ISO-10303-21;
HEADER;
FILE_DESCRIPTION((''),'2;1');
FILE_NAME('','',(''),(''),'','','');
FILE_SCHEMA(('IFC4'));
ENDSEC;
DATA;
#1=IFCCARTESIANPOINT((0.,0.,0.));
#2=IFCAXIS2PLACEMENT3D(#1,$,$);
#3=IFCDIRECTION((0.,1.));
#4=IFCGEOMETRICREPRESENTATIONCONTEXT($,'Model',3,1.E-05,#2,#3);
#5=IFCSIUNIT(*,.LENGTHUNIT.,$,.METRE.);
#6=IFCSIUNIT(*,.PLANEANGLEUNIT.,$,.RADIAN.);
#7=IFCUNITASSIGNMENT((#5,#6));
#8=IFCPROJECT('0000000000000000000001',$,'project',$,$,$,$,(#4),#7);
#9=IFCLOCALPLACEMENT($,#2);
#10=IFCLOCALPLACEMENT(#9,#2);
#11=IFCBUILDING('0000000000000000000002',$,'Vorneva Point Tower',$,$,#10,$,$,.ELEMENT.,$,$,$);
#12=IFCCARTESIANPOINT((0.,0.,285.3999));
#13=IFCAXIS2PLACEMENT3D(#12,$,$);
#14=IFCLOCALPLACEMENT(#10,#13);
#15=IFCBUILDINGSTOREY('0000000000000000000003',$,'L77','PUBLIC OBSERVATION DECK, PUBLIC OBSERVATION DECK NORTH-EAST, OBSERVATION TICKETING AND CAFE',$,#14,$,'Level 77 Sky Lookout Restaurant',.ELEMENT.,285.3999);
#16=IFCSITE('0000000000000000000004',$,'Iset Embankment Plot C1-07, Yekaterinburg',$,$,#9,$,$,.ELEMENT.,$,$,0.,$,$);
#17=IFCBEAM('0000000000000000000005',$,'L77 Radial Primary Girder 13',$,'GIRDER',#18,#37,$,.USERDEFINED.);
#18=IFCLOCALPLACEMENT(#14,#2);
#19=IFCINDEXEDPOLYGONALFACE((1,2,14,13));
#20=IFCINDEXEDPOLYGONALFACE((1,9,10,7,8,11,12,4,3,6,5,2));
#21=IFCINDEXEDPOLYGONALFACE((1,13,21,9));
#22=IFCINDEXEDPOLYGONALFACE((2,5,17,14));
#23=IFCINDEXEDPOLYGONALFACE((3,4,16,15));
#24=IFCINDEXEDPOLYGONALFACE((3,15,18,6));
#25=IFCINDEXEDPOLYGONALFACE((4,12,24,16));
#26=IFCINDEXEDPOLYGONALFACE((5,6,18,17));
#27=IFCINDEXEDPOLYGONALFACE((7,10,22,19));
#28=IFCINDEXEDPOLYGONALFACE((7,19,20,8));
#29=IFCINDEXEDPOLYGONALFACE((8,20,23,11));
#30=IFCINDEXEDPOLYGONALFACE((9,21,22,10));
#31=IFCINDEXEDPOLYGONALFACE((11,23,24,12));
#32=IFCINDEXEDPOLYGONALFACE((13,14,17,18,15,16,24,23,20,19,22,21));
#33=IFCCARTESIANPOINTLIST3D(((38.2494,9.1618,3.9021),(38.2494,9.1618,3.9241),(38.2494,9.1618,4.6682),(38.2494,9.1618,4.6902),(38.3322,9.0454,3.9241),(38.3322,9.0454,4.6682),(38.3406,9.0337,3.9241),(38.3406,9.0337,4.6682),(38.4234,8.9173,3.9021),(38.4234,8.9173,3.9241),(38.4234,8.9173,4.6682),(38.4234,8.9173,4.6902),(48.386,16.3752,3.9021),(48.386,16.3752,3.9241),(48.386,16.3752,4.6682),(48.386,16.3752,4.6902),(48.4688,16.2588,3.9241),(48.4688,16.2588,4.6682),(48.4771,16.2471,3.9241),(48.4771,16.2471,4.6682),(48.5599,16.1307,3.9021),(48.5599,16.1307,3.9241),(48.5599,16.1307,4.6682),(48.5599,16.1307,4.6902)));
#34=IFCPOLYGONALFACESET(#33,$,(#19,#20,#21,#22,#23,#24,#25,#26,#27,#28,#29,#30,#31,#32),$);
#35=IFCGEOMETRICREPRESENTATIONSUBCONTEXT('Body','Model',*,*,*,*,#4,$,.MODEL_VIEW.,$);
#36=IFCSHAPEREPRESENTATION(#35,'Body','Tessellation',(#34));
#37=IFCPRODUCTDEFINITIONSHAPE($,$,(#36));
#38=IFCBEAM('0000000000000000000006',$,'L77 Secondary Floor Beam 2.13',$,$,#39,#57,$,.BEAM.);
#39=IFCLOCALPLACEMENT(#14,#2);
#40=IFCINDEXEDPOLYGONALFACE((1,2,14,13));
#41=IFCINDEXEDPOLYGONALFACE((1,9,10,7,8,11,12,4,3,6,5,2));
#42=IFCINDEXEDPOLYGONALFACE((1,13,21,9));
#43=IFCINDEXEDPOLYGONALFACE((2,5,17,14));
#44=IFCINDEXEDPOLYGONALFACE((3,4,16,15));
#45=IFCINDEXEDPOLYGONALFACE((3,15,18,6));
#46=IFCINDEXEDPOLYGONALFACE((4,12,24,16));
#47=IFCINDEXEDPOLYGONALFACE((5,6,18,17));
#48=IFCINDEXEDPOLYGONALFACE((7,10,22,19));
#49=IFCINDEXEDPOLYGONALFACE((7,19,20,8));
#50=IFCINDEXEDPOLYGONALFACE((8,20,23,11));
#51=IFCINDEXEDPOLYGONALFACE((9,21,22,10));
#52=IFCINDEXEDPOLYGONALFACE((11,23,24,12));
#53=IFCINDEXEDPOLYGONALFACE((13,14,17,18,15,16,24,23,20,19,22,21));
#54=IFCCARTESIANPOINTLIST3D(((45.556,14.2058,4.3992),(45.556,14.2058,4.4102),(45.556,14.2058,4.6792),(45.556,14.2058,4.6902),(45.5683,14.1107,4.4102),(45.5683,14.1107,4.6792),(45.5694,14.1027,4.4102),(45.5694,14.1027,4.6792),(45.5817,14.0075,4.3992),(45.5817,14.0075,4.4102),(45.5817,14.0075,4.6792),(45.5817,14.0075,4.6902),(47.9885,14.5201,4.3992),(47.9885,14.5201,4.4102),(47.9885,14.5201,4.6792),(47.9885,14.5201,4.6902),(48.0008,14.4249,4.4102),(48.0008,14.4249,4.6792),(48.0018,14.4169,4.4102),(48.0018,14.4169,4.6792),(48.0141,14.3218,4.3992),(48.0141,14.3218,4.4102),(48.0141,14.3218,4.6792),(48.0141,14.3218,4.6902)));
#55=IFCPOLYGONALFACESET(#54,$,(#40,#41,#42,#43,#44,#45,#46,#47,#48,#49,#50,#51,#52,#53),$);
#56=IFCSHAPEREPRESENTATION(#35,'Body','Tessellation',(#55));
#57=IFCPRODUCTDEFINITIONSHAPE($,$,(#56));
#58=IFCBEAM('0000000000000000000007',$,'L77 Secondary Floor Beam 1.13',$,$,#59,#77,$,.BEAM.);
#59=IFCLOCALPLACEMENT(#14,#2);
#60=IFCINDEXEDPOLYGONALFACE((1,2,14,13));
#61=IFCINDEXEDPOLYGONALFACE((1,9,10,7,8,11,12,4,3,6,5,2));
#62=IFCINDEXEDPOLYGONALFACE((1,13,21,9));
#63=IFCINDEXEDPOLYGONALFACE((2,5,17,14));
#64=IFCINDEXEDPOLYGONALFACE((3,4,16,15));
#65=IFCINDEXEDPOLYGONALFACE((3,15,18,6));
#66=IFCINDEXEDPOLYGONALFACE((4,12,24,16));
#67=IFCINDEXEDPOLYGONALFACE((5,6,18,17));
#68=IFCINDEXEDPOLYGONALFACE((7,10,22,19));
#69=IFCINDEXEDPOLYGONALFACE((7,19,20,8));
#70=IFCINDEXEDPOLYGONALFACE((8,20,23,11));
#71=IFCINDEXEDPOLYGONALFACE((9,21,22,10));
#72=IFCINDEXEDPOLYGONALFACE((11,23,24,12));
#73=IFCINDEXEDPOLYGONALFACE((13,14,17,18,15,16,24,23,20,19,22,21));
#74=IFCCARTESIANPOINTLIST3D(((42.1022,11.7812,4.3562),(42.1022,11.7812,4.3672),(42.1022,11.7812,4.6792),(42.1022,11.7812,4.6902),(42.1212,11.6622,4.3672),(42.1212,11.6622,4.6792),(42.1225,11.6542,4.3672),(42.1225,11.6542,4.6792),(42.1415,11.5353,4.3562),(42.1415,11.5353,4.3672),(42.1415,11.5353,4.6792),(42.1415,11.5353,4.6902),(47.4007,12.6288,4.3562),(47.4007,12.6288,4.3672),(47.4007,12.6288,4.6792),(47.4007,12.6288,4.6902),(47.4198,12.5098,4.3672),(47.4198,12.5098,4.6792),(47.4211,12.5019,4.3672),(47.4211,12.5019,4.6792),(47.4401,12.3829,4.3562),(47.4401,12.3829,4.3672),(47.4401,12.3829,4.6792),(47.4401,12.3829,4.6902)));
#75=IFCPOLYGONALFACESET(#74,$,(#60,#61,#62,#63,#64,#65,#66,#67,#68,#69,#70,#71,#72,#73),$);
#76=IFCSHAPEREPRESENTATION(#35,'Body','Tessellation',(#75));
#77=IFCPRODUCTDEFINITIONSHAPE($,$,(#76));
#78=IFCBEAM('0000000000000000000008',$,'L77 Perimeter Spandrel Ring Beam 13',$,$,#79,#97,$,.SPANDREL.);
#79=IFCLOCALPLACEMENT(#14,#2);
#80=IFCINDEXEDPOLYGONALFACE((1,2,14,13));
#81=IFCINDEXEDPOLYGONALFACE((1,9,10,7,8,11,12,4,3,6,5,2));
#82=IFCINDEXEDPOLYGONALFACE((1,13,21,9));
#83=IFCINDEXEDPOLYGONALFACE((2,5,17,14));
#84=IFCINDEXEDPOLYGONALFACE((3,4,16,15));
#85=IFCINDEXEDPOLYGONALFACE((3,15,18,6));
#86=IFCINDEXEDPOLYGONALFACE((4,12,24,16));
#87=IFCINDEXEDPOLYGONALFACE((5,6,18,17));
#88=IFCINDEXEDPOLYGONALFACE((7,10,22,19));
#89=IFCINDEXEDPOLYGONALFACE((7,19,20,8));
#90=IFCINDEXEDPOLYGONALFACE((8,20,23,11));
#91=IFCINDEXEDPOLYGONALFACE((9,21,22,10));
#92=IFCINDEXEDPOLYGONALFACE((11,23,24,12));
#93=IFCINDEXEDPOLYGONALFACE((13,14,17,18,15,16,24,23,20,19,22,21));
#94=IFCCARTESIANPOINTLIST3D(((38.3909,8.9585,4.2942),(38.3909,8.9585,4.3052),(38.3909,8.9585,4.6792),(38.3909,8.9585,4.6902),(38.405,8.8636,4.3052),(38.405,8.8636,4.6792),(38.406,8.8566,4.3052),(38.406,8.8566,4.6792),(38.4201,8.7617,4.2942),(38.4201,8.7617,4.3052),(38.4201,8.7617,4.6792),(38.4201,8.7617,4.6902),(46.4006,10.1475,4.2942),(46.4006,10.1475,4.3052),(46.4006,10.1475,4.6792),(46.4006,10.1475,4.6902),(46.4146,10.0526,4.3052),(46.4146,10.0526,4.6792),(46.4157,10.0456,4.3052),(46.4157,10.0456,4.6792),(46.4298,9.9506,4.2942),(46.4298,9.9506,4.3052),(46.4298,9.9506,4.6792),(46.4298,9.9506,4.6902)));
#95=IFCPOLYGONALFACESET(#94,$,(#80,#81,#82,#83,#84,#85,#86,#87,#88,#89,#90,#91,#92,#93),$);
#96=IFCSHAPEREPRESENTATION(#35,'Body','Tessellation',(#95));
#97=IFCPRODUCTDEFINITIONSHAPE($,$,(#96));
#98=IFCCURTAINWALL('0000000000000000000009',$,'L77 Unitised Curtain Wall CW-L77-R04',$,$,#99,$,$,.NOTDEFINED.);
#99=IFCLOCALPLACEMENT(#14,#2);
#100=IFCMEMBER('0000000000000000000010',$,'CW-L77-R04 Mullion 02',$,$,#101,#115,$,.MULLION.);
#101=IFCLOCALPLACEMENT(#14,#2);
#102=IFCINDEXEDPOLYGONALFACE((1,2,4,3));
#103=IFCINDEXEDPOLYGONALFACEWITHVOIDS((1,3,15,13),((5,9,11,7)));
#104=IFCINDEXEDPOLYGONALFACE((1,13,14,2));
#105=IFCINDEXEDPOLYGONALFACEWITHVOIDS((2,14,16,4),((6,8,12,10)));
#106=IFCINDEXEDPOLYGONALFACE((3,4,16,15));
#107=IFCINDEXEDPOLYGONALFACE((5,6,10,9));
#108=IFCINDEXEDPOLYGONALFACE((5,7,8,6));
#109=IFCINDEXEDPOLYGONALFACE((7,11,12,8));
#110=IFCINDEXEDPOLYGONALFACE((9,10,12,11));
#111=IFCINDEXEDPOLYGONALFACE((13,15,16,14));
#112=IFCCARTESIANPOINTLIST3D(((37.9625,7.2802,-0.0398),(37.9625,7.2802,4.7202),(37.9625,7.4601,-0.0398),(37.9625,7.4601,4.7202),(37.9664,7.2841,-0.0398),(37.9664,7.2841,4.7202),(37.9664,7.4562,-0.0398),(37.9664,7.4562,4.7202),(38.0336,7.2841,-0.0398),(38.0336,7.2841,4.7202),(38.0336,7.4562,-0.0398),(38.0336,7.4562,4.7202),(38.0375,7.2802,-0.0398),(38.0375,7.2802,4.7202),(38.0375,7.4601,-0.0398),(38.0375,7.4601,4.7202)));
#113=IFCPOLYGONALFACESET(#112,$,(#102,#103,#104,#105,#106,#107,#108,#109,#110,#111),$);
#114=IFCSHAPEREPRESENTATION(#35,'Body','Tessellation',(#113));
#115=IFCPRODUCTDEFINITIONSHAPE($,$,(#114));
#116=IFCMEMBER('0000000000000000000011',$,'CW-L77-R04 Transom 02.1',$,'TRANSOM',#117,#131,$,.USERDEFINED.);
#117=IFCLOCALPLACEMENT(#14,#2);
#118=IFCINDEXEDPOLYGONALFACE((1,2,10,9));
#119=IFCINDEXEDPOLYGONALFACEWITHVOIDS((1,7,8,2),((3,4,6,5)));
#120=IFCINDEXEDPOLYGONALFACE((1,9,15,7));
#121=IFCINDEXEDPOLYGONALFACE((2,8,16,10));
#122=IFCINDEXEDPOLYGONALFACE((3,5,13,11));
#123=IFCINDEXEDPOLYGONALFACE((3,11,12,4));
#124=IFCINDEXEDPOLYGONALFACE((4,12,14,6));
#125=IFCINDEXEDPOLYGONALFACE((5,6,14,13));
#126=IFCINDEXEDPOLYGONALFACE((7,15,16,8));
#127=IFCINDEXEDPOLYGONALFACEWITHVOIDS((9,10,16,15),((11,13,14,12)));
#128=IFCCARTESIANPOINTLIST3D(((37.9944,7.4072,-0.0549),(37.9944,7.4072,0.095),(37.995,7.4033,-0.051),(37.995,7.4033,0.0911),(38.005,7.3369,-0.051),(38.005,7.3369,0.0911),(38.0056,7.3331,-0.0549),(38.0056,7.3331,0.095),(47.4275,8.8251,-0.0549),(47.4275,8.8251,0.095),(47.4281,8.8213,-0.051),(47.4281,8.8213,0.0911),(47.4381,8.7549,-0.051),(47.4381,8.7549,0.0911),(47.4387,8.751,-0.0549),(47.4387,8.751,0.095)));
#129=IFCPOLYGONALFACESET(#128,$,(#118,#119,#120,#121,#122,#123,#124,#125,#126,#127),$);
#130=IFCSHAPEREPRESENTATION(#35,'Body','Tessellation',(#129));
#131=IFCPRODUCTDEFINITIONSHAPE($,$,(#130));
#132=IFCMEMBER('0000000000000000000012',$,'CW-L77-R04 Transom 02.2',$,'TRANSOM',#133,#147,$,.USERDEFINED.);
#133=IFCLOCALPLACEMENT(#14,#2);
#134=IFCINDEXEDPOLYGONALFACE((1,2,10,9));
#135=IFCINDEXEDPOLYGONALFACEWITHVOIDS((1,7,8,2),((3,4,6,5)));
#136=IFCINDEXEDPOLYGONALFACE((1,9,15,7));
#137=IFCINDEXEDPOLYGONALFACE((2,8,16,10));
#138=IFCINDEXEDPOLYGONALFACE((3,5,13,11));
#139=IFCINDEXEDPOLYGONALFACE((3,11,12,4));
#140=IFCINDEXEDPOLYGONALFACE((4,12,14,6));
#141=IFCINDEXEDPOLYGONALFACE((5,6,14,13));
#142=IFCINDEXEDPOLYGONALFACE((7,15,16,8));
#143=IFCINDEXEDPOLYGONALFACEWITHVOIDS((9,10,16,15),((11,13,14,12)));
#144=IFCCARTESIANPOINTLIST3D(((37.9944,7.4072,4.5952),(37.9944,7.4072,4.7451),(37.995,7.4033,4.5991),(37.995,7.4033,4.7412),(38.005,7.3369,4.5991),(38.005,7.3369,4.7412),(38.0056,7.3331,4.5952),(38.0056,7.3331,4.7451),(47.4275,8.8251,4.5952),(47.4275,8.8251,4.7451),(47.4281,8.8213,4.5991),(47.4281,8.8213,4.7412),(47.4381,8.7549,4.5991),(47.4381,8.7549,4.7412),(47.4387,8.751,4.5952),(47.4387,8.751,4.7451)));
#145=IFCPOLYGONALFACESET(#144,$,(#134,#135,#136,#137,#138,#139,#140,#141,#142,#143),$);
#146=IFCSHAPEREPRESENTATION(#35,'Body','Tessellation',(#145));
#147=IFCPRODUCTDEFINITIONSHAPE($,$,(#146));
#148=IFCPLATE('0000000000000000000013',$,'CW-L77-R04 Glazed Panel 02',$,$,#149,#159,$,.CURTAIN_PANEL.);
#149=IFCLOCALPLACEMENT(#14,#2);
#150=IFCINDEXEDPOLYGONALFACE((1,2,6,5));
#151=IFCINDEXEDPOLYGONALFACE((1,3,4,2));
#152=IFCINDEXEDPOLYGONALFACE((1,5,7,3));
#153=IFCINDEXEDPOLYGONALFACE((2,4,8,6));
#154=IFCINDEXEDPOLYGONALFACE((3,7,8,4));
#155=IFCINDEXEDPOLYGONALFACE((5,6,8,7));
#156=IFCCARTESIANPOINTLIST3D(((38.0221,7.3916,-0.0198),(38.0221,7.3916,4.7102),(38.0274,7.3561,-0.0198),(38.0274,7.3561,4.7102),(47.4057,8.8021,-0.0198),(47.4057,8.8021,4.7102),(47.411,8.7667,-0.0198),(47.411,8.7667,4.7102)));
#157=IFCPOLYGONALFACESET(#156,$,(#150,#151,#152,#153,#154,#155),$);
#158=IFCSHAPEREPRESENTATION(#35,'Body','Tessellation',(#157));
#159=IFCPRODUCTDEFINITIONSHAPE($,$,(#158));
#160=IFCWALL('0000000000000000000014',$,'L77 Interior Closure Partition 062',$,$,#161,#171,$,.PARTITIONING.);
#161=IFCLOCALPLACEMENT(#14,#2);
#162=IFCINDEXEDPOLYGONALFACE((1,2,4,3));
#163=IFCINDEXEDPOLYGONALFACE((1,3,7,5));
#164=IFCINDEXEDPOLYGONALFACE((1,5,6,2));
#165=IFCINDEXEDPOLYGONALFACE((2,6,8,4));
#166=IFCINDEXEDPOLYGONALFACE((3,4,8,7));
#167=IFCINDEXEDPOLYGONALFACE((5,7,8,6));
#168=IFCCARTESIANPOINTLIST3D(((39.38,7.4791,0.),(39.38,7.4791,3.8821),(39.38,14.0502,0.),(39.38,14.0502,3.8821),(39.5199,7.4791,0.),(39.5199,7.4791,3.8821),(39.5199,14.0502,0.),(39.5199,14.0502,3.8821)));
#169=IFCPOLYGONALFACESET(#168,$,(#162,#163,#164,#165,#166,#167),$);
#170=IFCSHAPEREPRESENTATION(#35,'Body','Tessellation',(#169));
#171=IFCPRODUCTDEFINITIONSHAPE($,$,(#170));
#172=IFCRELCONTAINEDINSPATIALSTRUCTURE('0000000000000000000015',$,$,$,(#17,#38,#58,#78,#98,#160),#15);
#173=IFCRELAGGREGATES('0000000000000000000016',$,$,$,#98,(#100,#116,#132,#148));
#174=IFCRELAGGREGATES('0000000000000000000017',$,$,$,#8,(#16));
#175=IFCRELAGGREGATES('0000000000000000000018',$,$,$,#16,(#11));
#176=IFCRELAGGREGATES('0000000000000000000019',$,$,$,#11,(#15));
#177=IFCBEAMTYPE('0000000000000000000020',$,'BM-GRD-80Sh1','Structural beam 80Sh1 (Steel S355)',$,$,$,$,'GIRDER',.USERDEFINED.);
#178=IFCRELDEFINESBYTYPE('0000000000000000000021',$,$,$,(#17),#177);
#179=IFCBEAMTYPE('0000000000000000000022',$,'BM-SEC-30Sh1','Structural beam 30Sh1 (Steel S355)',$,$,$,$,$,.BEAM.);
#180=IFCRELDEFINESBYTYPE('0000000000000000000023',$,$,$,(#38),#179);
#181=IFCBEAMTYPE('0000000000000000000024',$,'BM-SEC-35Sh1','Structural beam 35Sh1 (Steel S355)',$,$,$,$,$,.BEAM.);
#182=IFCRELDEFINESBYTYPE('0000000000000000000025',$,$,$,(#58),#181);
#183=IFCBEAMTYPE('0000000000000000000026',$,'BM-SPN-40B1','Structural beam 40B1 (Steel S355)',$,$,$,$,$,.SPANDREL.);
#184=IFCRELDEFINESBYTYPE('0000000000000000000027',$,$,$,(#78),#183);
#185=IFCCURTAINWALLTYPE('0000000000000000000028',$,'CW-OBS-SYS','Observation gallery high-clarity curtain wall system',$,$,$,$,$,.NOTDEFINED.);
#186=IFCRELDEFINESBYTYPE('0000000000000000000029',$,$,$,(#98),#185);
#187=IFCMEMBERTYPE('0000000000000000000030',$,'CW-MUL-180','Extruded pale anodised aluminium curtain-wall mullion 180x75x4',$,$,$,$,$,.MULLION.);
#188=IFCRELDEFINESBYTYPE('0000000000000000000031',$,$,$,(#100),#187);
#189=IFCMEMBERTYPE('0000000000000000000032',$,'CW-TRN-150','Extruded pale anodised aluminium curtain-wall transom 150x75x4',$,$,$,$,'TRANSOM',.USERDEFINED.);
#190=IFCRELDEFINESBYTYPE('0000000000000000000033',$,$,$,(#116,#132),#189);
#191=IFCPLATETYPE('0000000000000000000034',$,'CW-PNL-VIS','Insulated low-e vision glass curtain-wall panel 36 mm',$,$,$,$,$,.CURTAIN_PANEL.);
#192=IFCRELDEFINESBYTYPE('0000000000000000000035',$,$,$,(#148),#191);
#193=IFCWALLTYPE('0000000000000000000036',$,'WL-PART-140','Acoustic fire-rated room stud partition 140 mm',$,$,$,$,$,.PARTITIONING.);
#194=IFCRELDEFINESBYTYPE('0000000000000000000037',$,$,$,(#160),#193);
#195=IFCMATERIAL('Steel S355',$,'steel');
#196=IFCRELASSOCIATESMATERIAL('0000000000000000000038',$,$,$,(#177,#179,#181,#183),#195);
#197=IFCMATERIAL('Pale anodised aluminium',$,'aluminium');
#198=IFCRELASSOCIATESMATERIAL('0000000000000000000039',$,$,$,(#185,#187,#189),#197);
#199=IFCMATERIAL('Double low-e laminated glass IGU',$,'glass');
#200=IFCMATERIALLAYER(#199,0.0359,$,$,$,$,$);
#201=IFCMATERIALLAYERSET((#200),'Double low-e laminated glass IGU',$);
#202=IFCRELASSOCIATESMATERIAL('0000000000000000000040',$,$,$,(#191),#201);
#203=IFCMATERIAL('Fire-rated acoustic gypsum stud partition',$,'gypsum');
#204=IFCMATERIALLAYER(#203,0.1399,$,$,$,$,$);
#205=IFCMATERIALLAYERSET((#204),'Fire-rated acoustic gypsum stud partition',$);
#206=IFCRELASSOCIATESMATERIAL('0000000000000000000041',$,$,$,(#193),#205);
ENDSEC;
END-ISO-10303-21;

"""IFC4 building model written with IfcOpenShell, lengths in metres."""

from ifc_helpers import new_model, si_unit, direction, frame, frame_2d, origin, origin_2d, place, context, subcontext, project, spatial, rectangle, hollow_rectangle, i_section, extrude, material, layer, layer_set, material_profile, profile_set, type_object, element, aggregate, save


model = new_model("IFC4")

# Units and contexts
model_context = context("Model", 3, precision=1e-05, world=origin(), true_north=direction((0.0, 1.0)))
body_context = subcontext(model_context, "Body", "Model", "MODEL_VIEW")
ifc_project = project(units=[si_unit("LENGTHUNIT", "METRE"), si_unit("PLANEANGLEUNIT", "RADIAN")], contexts=[model_context])

# Site, building, storey
site_placement = place(None, origin())
site = spatial("IfcSite", under=ifc_project, at=site_placement, Name="Iset Embankment Plot C1-07, Yekaterinburg", CompositionType="ELEMENT", RefElevation=0.0)
building_placement = place(site_placement, origin())
building = spatial("IfcBuilding", under=site, at=building_placement, Name="Vorneva Point Tower", CompositionType="ELEMENT")
storey_placement = place(building_placement, frame((0.0, 0.0, 285.3999)))
storey = spatial("IfcBuildingStorey", under=building, at=storey_placement, Name="L77", Description="PUBLIC OBSERVATION DECK, PUBLIC OBSERVATION DECK NORTH-EAST, OBSERVATION TICKETING AND CAFE", LongName="Level 77 Sky Lookout Restaurant", CompositionType="ELEMENT", Elevation=285.3999)

# Beams
ifc_material_1 = material(Name="Steel S355", Category="steel")
ifc_material_profile_1 = material_profile(ifc_material_1, i_section(OverallWidth=0.3, OverallDepth=0.7881, WebThickness=0.0144, FlangeThickness=0.022, at=origin_2d()), Name="80Sh1")
ifc_profile_set_1 = profile_set([ifc_material_profile_1], Name="Steel S355")
beam_type_1 = type_object("IfcBeamType", Name="BM-GRD-80Sh1", Description="Structural beam 80Sh1 (Steel S355)", ElementType="GIRDER", PredefinedType="USERDEFINED", material=ifc_profile_set_1)
beam_1_placement = place(storey_placement, frame((38.3364, 9.0396, 4.2961), z_axis=(0.814757, 0.579802, 0.0), x_axis=(-0.579802, 0.814757, 0.0)))
element("IfcBeam", 1, at=beam_1_placement, inside=storey, type_object=beam_type_1, Name="L77 Radial Primary Girder 13", ObjectType="GIRDER", PredefinedType="USERDEFINED", context=body_context, shape_type="SweptSolid", body=[
    extrude(i_section(OverallWidth=0.3, OverallDepth=0.7881, WebThickness=0.0144, FlangeThickness=0.022, at=origin_2d()), origin(), (0.0, 0.0, 1.0), 12.4412),
])
ifc_material_profile_2 = material_profile(ifc_material_1, i_section(OverallWidth=0.2, OverallDepth=0.291, WebThickness=0.0081, FlangeThickness=0.011, at=origin_2d()), Name="30Sh1")
ifc_profile_set_2 = profile_set([ifc_material_profile_2], Name="Steel S355")
beam_type_2 = type_object("IfcBeamType", Name="BM-SEC-30Sh1", Description="Structural beam 30Sh1 (Steel S355)", PredefinedType="BEAM", material=ifc_profile_set_2)
beam_2_placement = place(storey_placement, frame((45.5688, 14.1067, 4.5447), z_axis=(0.99176, 0.128113, 0.0), x_axis=(-0.128113, 0.99176, 0.0)))
element("IfcBeam", 2, at=beam_2_placement, inside=storey, type_object=beam_type_2, Name="L77 Secondary Floor Beam 2.13", PredefinedType="BEAM", context=body_context, shape_type="SweptSolid", body=[
    extrude(i_section(OverallWidth=0.2, OverallDepth=0.291, WebThickness=0.0081, FlangeThickness=0.011, at=origin_2d()), origin(), (0.0, 0.0, 1.0), 2.4526),
])
ifc_material_profile_3 = material_profile(ifc_material_1, i_section(OverallWidth=0.249, OverallDepth=0.334, WebThickness=0.0081, FlangeThickness=0.011, at=origin_2d()), Name="35Sh1")
ifc_profile_set_3 = profile_set([ifc_material_profile_3], Name="Steel S355")
beam_type_3 = type_object("IfcBeamType", Name="BM-SEC-35Sh1", Description="Structural beam 35Sh1 (Steel S355)", PredefinedType="BEAM", material=ifc_profile_set_3)
beam_3_placement = place(storey_placement, frame((42.1218, 11.6582, 4.5232), z_axis=(0.987444, 0.157969, 0.0), x_axis=(-0.157969, 0.987444, 0.0)))
element("IfcBeam", 3, at=beam_3_placement, inside=storey, type_object=beam_type_3, Name="L77 Secondary Floor Beam 1.13", PredefinedType="BEAM", context=body_context, shape_type="SweptSolid", body=[
    extrude(i_section(OverallWidth=0.249, OverallDepth=0.334, WebThickness=0.0081, FlangeThickness=0.011, at=origin_2d()), origin(), (0.0, 0.0, 1.0), 5.366),
])
ifc_material_profile_4 = material_profile(ifc_material_1, i_section(OverallWidth=0.199, OverallDepth=0.396, WebThickness=0.0071, FlangeThickness=0.011, at=origin_2d()), Name="40B1")
ifc_profile_set_4 = profile_set([ifc_material_profile_4], Name="Steel S355")
beam_type_4 = type_object("IfcBeamType", Name="BM-SPN-40B1", Description="Structural beam 40B1 (Steel S355)", PredefinedType="SPANDREL", material=ifc_profile_set_4)
beam_4_placement = place(storey_placement, frame((38.4055, 8.8601, 4.4922), z_axis=(0.989162, 0.146831, 0.0), x_axis=(-0.146831, 0.989162, 0.0)))
element("IfcBeam", 4, at=beam_4_placement, inside=storey, type_object=beam_type_4, Name="L77 Perimeter Spandrel Ring Beam 13", PredefinedType="SPANDREL", context=body_context, shape_type="SweptSolid", body=[
    extrude(i_section(OverallWidth=0.199, OverallDepth=0.396, WebThickness=0.0071, FlangeThickness=0.011, at=origin_2d()), origin(), (0.0, 0.0, 1.0), 8.0974),
])

# Curtain wall, members, plate
ifc_material_2 = material(Name="Pale anodised aluminium", Category="aluminium")
curtain_wall_type = type_object("IfcCurtainWallType", Name="CW-OBS-SYS", Description="Observation gallery high-clarity curtain wall system", PredefinedType="NOTDEFINED", material=ifc_material_2)
curtain_wall_placement = place(storey_placement, origin())
curtain_wall = element("IfcCurtainWall", 5, at=curtain_wall_placement, inside=storey, type_object=curtain_wall_type, Name="L77 Unitised Curtain Wall CW-L77-R04", PredefinedType="NOTDEFINED")
ifc_material_profile_5 = material_profile(ifc_material_2, hollow_rectangle(XDim=0.075, YDim=0.1799, WallThickness=0.0039, at=origin_2d()), Name="AL-MUL 180x75x4")
ifc_profile_set_5 = profile_set([ifc_material_profile_5], Name="Pale anodised aluminium")
member_type_1 = type_object("IfcMemberType", Name="CW-MUL-180", Description="Extruded pale anodised aluminium curtain-wall mullion 180x75x4", PredefinedType="MULLION", material=ifc_profile_set_5)
member_1_placement = place(storey_placement, frame((38.0, 7.3701, -0.0398), z_axis=(0.0, 0.0, 1.0), x_axis=(1.0, 0.0, 0.0)))
member_1 = element("IfcMember", 6, at=member_1_placement, type_object=member_type_1, Name="CW-L77-R04 Mullion 02", PredefinedType="MULLION", context=body_context, shape_type="SweptSolid", body=[
    extrude(hollow_rectangle(XDim=0.075, YDim=0.1799, WallThickness=0.0039, at=origin_2d()), origin(), (0.0, 0.0, 1.0), 4.76),
])
ifc_material_profile_6 = material_profile(ifc_material_2, hollow_rectangle(XDim=0.075, YDim=0.1499, WallThickness=0.0039, at=origin_2d()), Name="AL-TRN 150x75x4")
ifc_profile_set_6 = profile_set([ifc_material_profile_6], Name="Pale anodised aluminium")
member_type_2 = type_object("IfcMemberType", Name="CW-TRN-150", Description="Extruded pale anodised aluminium curtain-wall transom 150x75x4", ElementType="TRANSOM", PredefinedType="USERDEFINED", material=ifc_profile_set_6)
member_2_placement = place(storey_placement, frame((38.0, 7.3701, 0.02), z_axis=(0.98889, 0.148648, 0.0), x_axis=(-0.148648, 0.98889, 0.0)))
member_2 = element("IfcMember", 7, at=member_2_placement, type_object=member_type_2, Name="CW-L77-R04 Transom 02.1", ObjectType="TRANSOM", PredefinedType="USERDEFINED", context=body_context, shape_type="SweptSolid", body=[
    extrude(hollow_rectangle(XDim=0.075, YDim=0.1499, WallThickness=0.0039, at=origin_2d()), origin(), (0.0, 0.0, 1.0), 9.5391),
])
member_3_placement = place(storey_placement, frame((38.0, 7.3701, 4.6702), z_axis=(0.98889, 0.148648, 0.0), x_axis=(-0.148648, 0.98889, 0.0)))
member_3 = element("IfcMember", 8, at=member_3_placement, type_object=member_type_2, Name="CW-L77-R04 Transom 02.2", ObjectType="TRANSOM", PredefinedType="USERDEFINED", context=body_context, shape_type="SweptSolid", body=[
    extrude(hollow_rectangle(XDim=0.075, YDim=0.1499, WallThickness=0.0039, at=origin_2d()), origin(), (0.0, 0.0, 1.0), 9.5391),
])
ifc_material_3 = material(Name="Double low-e laminated glass IGU", Category="glass")
ifc_layer_1 = layer(ifc_material_3, 0.0359)
ifc_layer_set_1 = layer_set([ifc_layer_1], Name="Double low-e laminated glass IGU")
plate_type = type_object("IfcPlateType", Name="CW-PNL-VIS", Description="Insulated low-e vision glass curtain-wall panel 36 mm", PredefinedType="CURTAIN_PANEL", material=ifc_layer_set_1)
plate_placement = place(storey_placement, frame((42.7166, 8.0791, -0.0198), z_axis=(0.0, 0.0, 1.0), x_axis=(0.988889, 0.148655, 0.0)))
plate = element("IfcPlate", 9, at=plate_placement, type_object=plate_type, Name="CW-L77-R04 Glazed Panel 02", PredefinedType="CURTAIN_PANEL", context=body_context, shape_type="SweptSolid", body=[
    extrude(rectangle(XDim=9.489, YDim=0.0359, at=origin_2d()), origin(), (0.0, 0.0, 1.0), 4.73),
])
aggregate(curtain_wall, [member_1, member_2, member_3, plate])

# Wall
ifc_material_4 = material(Name="Fire-rated acoustic gypsum stud partition", Category="gypsum")
ifc_layer_2 = layer(ifc_material_4, 0.1399)
ifc_layer_set_2 = layer_set([ifc_layer_2], Name="Fire-rated acoustic gypsum stud partition")
wall_type_1 = type_object("IfcWallType", Name="WL-PART-140", Description="Acoustic fire-rated room stud partition 140 mm", PredefinedType="PARTITIONING", material=ifc_layer_set_2)
wall_1_placement = place(storey_placement, frame((39.45, 7.479, 0.0), z_axis=(0.0, 0.0, 1.0), x_axis=(0.0, 1.0, 0.0)))
element("IfcWall", 10, at=wall_1_placement, inside=storey, type_object=wall_type_1, Name="L77 Interior Closure Partition 062", PredefinedType="PARTITIONING", context=body_context, shape_type="SweptSolid", body=[
    extrude(rectangle(XDim=6.571, YDim=0.1399, at=frame_2d((3.2856, 0.0))), origin(), (0.0, 0.0, 1.0), 3.8821),
])

save(model, "model.ifc")
